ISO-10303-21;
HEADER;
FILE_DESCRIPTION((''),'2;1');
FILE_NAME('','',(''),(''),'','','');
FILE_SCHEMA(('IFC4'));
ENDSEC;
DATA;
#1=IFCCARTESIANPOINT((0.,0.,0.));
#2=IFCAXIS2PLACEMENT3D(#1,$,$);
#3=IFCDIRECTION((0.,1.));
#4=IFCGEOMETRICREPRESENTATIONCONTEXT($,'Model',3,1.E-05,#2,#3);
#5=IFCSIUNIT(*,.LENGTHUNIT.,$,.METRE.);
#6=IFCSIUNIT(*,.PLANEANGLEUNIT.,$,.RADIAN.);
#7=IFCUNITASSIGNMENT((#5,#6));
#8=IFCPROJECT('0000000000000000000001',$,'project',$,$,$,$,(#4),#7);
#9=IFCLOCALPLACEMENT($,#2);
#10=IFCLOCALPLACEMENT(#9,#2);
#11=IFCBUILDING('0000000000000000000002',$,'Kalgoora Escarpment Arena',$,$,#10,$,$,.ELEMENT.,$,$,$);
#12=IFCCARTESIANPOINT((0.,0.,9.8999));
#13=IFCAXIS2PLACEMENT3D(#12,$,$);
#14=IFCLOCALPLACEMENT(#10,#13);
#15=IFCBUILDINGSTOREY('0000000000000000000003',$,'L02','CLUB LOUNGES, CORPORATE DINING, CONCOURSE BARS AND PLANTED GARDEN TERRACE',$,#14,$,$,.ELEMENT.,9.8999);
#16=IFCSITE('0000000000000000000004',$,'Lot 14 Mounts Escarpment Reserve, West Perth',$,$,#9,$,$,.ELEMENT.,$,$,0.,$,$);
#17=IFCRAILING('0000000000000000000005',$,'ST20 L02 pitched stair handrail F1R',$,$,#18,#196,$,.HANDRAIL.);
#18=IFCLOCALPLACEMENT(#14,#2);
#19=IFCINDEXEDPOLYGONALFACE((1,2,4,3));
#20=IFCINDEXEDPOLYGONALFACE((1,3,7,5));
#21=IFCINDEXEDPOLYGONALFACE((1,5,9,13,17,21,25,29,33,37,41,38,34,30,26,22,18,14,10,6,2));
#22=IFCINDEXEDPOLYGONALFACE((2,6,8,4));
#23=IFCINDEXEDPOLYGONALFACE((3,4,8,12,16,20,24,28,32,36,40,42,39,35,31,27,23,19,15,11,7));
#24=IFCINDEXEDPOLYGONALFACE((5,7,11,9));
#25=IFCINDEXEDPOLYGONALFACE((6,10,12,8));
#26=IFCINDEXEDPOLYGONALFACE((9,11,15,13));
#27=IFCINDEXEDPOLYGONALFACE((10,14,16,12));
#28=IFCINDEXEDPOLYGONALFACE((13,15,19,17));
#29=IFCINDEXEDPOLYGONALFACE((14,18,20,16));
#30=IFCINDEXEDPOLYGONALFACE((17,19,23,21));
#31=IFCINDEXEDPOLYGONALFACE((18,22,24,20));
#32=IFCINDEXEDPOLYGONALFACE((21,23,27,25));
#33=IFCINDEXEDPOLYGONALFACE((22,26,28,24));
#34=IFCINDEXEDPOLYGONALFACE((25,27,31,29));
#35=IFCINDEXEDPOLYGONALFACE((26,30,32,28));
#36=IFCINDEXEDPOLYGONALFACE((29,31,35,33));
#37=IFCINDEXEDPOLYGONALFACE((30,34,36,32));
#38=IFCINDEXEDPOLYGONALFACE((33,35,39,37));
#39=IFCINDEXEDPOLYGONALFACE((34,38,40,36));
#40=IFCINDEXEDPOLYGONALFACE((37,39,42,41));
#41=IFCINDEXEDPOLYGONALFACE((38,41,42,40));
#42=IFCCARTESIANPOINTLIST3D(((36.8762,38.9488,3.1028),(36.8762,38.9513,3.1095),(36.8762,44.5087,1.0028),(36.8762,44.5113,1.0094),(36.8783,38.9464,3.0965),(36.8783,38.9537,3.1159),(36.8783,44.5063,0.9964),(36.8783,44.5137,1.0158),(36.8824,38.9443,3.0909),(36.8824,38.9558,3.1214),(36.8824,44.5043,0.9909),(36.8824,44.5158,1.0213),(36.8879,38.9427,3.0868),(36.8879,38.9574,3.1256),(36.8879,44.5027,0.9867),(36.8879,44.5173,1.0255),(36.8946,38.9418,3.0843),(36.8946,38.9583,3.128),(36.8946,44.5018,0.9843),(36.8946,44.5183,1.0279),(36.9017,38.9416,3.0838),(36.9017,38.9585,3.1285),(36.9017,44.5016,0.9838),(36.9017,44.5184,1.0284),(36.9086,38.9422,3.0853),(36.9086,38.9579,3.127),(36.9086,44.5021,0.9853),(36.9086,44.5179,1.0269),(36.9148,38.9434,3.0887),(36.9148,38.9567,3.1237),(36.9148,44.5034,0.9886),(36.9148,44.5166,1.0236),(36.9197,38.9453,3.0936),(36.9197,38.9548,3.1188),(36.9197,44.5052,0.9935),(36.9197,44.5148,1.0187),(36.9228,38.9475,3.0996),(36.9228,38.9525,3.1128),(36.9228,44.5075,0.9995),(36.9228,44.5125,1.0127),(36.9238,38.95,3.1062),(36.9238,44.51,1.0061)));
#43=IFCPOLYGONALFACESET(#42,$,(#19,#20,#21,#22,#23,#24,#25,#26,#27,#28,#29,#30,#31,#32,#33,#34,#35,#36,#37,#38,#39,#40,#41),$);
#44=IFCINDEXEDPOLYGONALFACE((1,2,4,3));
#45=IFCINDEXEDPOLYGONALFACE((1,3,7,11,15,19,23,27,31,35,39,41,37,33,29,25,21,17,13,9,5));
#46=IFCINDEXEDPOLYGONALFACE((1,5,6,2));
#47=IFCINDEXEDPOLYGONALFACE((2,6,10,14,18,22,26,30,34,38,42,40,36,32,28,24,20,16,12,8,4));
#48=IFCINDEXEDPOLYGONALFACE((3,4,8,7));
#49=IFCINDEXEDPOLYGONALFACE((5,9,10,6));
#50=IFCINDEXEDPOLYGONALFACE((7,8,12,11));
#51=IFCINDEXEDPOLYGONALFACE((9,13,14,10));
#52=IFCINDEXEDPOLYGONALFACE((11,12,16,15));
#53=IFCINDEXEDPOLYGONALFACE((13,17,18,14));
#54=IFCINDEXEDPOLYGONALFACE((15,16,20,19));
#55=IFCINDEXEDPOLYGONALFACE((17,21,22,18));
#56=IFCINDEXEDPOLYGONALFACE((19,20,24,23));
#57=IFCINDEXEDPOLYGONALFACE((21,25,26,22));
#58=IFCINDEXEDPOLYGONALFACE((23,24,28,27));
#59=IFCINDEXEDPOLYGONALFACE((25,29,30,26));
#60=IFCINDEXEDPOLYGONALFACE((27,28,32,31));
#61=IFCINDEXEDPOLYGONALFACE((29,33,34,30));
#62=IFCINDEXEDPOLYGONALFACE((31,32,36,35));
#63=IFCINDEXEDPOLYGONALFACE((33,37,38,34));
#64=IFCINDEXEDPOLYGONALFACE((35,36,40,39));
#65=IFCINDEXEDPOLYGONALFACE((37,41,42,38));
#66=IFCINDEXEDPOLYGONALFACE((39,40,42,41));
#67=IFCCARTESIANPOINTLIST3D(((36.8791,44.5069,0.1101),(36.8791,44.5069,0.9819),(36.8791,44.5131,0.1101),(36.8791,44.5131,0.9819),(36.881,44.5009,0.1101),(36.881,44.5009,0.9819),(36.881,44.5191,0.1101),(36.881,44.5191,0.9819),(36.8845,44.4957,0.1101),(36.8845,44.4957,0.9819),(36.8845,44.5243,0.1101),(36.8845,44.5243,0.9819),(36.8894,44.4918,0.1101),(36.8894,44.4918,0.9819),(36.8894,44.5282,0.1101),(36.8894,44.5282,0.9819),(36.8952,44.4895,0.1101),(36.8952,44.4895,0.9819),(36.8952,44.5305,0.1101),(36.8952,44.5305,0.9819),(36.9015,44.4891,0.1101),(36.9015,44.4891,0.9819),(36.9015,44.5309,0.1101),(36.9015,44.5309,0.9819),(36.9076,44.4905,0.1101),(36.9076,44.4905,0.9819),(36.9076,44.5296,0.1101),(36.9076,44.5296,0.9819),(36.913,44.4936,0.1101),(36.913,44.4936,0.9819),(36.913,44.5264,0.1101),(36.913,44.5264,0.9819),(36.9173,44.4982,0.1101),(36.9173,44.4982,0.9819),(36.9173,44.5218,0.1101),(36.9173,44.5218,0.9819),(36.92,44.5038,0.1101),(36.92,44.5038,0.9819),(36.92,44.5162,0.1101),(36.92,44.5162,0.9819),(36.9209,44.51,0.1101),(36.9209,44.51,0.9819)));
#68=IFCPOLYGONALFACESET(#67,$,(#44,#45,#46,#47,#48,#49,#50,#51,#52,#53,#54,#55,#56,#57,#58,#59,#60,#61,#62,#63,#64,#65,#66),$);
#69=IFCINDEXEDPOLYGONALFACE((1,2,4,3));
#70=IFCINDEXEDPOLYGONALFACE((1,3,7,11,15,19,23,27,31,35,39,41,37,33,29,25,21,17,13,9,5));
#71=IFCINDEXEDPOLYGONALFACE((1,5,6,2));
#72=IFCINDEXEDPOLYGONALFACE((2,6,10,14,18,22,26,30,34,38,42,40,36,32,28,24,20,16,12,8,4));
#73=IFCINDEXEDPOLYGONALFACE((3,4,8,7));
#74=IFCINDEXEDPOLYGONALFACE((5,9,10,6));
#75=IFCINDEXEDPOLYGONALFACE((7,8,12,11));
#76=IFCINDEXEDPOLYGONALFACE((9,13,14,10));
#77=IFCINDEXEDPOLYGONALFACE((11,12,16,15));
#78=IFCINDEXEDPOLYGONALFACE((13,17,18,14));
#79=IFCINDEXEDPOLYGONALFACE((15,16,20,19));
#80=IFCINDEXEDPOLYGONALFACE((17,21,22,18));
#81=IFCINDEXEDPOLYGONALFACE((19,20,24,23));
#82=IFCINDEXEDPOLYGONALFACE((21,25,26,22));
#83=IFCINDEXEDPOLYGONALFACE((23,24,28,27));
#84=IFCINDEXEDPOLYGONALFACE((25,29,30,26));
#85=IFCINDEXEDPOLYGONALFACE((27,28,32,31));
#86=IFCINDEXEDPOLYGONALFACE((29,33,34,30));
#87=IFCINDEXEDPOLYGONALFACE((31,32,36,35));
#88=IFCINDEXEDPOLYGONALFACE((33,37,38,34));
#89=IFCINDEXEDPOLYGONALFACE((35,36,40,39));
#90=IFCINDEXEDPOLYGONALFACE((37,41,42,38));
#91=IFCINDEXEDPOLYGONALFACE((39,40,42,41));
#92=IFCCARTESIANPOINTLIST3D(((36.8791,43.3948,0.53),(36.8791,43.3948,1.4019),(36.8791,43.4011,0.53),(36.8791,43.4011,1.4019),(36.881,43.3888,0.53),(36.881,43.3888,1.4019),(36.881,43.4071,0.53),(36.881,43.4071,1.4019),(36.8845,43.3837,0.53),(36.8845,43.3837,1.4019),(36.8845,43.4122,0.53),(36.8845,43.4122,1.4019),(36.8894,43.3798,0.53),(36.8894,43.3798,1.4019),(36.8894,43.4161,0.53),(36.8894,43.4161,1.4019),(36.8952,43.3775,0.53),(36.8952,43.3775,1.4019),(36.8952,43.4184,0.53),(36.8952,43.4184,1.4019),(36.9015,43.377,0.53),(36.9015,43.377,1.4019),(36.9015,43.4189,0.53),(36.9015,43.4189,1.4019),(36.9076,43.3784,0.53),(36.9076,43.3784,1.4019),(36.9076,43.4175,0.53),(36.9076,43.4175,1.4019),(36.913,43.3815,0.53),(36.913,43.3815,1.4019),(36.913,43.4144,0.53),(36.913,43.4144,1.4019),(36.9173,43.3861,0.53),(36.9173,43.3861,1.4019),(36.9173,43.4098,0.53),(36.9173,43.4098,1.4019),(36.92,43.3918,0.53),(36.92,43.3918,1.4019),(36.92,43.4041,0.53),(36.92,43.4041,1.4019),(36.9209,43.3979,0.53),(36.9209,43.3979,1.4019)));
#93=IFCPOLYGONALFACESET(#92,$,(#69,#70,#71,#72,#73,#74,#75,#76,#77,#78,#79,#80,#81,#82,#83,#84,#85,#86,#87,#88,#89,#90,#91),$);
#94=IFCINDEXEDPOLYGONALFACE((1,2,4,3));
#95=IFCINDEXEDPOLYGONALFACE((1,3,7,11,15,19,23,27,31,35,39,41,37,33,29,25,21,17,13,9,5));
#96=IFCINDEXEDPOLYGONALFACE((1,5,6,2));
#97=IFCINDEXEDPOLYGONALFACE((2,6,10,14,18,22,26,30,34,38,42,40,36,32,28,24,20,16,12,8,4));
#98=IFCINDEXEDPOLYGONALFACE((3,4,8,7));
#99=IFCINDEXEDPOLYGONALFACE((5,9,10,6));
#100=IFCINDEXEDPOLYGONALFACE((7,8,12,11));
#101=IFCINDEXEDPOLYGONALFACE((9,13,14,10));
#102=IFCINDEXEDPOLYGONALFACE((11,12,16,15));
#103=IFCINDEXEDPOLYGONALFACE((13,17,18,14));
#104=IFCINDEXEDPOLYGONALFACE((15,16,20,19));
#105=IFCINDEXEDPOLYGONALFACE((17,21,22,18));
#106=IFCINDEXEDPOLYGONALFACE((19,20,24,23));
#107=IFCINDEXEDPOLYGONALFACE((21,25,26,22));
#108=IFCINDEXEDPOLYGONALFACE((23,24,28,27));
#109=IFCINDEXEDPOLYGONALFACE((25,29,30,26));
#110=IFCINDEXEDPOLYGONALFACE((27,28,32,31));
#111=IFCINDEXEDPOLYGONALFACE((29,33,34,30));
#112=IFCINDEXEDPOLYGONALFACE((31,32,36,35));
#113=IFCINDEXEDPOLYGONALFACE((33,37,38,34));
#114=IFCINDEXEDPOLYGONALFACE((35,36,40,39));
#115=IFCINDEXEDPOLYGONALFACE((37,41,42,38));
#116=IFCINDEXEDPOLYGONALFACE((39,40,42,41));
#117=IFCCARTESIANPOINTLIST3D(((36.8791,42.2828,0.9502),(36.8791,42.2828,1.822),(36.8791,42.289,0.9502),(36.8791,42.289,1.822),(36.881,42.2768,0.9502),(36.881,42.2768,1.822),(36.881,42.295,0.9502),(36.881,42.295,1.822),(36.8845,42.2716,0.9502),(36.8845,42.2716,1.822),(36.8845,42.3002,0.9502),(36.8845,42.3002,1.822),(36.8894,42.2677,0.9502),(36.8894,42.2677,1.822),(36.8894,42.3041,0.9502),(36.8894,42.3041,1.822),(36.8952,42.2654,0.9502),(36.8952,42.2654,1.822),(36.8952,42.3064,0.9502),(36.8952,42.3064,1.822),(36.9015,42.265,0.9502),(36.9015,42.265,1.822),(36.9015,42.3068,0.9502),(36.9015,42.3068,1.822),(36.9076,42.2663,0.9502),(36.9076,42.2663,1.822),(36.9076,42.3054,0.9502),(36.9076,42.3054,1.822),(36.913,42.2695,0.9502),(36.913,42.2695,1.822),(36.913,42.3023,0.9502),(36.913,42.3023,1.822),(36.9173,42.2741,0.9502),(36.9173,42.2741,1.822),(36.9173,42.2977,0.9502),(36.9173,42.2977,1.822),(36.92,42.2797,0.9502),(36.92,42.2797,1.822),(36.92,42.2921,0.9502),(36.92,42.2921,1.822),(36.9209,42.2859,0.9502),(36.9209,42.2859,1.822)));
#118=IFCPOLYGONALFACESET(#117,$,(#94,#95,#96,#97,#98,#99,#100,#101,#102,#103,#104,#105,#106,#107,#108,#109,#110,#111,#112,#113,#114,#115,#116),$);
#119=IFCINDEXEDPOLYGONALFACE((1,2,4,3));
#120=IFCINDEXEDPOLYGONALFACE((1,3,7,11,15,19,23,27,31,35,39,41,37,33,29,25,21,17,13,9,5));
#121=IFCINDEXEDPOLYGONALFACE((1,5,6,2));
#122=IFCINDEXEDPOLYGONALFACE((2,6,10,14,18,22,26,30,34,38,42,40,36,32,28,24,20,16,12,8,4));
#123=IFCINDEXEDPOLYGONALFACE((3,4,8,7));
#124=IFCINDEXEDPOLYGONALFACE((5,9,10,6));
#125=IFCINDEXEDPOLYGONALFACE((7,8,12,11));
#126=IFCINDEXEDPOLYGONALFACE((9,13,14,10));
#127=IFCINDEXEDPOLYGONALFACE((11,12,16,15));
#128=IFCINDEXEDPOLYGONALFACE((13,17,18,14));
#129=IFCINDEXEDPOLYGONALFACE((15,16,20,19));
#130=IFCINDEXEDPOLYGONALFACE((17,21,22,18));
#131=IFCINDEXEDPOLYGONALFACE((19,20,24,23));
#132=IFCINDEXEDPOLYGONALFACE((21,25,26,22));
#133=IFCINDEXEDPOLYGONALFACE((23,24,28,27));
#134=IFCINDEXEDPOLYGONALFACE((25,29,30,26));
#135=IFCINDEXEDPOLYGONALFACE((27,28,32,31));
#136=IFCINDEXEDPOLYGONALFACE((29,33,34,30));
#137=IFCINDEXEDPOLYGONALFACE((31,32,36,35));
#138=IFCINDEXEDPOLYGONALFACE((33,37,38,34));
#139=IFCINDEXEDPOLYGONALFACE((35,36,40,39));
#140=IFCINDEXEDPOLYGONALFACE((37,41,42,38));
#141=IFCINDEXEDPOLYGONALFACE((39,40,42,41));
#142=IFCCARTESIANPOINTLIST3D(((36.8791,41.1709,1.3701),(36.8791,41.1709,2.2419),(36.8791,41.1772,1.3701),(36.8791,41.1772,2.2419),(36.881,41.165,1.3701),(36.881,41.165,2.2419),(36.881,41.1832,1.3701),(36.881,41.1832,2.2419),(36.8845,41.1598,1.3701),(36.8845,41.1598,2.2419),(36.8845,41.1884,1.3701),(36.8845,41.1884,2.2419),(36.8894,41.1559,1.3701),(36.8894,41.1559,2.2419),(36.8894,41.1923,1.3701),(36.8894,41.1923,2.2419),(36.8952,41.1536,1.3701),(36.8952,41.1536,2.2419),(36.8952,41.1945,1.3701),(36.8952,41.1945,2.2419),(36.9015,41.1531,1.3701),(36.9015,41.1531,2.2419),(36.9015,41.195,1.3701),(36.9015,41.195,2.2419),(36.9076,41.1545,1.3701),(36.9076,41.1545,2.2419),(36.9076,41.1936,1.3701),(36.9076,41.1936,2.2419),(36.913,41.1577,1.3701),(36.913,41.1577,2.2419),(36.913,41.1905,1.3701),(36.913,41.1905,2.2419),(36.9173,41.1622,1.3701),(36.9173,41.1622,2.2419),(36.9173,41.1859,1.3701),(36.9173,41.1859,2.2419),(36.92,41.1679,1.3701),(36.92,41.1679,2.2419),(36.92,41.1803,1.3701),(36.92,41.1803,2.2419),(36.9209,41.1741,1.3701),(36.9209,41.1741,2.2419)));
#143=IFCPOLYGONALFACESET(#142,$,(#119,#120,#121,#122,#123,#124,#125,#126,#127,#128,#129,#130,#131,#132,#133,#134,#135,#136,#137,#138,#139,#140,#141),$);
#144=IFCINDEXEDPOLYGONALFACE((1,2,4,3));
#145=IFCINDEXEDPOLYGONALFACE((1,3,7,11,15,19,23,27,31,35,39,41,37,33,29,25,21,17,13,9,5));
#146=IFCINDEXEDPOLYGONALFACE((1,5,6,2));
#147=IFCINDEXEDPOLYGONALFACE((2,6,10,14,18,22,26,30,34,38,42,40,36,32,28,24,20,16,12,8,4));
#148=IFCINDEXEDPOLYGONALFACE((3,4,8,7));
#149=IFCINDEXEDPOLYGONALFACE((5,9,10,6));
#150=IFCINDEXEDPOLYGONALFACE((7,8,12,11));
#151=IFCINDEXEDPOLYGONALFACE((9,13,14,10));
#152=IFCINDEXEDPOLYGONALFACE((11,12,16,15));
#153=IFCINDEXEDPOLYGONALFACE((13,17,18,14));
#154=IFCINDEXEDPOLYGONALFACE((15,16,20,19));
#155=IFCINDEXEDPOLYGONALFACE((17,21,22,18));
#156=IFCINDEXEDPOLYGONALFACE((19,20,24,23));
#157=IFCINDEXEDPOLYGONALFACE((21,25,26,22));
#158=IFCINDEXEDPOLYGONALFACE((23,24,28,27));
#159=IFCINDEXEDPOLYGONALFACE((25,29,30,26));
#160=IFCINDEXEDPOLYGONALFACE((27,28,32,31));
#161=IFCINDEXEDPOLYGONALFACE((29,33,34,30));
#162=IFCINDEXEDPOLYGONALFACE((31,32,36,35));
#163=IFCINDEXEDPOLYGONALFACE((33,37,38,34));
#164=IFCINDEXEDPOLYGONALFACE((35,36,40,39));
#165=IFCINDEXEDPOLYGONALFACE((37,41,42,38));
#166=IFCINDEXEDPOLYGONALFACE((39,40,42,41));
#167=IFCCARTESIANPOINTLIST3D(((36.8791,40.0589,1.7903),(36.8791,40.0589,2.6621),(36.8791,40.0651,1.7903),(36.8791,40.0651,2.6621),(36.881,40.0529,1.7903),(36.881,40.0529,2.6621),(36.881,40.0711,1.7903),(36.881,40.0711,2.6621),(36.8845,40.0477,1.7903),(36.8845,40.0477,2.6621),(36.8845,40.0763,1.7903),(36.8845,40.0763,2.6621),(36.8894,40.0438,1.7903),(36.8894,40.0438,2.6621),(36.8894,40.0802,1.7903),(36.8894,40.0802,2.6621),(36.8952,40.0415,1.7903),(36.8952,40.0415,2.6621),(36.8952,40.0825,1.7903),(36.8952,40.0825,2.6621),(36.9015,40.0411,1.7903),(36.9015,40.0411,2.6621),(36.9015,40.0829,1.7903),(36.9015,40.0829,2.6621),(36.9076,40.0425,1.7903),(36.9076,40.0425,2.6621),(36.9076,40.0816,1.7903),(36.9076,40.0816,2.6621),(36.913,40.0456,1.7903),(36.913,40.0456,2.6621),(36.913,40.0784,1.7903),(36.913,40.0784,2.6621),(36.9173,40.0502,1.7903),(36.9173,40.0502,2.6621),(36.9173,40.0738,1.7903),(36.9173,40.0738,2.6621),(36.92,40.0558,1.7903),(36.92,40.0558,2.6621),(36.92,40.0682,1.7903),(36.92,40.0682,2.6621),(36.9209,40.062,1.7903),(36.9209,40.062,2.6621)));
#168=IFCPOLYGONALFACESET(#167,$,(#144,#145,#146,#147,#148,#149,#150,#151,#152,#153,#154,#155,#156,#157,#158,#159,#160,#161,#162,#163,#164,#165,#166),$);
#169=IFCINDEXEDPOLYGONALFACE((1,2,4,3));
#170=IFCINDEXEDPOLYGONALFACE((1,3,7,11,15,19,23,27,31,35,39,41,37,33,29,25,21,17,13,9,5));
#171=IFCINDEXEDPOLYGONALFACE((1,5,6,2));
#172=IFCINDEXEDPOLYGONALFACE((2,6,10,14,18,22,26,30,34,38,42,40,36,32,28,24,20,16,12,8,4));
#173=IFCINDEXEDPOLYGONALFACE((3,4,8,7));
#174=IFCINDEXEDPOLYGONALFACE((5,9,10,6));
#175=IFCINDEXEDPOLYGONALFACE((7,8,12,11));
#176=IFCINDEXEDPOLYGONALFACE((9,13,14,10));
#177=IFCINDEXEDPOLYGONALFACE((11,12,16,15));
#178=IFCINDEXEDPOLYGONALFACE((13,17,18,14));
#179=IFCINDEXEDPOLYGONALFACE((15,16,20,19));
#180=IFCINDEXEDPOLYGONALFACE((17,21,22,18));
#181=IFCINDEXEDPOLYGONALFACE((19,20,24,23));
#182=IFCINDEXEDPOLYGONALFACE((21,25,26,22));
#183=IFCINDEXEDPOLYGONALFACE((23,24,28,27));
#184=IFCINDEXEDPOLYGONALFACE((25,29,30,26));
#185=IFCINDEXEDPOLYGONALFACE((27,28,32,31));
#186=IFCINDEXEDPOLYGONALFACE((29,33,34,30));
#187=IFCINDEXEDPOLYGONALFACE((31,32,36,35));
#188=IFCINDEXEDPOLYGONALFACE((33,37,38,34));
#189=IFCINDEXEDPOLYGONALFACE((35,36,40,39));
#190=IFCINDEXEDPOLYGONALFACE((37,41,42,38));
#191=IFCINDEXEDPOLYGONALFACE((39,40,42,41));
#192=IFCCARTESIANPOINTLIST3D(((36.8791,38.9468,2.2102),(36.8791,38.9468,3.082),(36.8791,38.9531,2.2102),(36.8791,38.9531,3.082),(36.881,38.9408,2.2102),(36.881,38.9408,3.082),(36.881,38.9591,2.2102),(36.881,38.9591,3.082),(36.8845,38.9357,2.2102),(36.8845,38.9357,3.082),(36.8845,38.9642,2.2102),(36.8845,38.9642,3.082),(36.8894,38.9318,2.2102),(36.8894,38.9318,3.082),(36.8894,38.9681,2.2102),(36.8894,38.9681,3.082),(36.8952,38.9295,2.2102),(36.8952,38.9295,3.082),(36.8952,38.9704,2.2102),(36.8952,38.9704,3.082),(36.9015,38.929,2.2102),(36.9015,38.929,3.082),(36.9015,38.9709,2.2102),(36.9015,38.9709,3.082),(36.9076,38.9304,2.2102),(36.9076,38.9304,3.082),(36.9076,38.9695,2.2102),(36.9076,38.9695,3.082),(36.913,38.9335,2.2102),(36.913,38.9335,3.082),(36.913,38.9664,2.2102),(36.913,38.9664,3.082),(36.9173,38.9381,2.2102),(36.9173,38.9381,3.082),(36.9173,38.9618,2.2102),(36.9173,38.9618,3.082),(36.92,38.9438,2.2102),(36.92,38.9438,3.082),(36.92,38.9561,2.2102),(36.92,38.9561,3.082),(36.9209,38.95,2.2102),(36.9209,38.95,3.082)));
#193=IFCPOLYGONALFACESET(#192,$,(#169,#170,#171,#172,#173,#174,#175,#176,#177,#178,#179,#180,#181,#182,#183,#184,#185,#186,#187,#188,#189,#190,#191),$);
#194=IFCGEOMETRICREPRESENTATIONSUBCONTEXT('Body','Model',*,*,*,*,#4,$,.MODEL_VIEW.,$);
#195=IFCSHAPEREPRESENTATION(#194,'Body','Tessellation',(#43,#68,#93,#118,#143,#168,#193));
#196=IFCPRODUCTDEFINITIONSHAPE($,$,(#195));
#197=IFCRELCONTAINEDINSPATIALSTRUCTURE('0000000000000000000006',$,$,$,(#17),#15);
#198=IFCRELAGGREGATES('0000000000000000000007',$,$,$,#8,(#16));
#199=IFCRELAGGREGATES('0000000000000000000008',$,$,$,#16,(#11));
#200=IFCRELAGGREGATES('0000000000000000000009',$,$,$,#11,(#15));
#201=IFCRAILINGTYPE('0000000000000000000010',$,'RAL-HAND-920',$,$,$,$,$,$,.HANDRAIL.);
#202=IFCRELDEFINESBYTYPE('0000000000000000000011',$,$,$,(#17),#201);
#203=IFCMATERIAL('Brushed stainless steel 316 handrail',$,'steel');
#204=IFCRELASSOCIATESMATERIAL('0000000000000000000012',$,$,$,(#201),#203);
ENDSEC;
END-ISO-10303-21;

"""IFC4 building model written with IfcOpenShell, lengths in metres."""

from ifc_helpers import new_model, si_unit, direction, frame, origin, origin_2d, place, context, subcontext, project, spatial, circle, extrude, material, type_object, element, save


model = new_model("IFC4")

# Units and contexts
model_context = context("Model", 3, precision=1e-05, world=origin(), true_north=direction((0.0, 1.0)))
body_context = subcontext(model_context, "Body", "Model", "MODEL_VIEW")
ifc_project = project(units=[si_unit("LENGTHUNIT", "METRE"), si_unit("PLANEANGLEUNIT", "RADIAN")], contexts=[model_context])

# Site, building, storey
site_placement = place(None, origin())
site = spatial("IfcSite", under=ifc_project, at=site_placement, Name="Lot 14 Mounts Escarpment Reserve, West Perth", CompositionType="ELEMENT", RefElevation=0.0)
building_placement = place(site_placement, origin())
building = spatial("IfcBuilding", under=site, at=building_placement, Name="Kalgoora Escarpment Arena", CompositionType="ELEMENT")
storey_placement = place(building_placement, frame((0.0, 0.0, 9.8999)))
storey = spatial("IfcBuildingStorey", under=building, at=storey_placement, Name="L02", Description="CLUB LOUNGES, CORPORATE DINING, CONCOURSE BARS AND PLANTED GARDEN TERRACE", CompositionType="ELEMENT", Elevation=9.8999)

# Railing
ifc_material_1 = material(Name="Brushed stainless steel 316 handrail", Category="steel")
railing_type_1 = type_object("IfcRailingType", Name="RAL-HAND-920", PredefinedType="HANDRAIL", material=ifc_material_1)
railing_1_placement = place(storey_placement, frame((36.8999, 44.51, 0.1101)))
element("IfcRailing", 1, at=railing_1_placement, inside=storey, type_object=railing_type_1, Name="ST20 L02 pitched stair handrail F1R", PredefinedType="HANDRAIL", context=body_context, shape_type="SweptSolid", body=[
    extrude(circle(Radius=0.0239, at=origin_2d()), frame((0.0, 0.0, 0.896), z_axis=(0.0, -0.935493, 0.353346), x_axis=(1.0, 0.0, 0.0)), (0.0, 0.0, 1.0), 5.9434),
    extrude(circle(Radius=0.021, at=origin_2d()), origin(), (0.0, 0.0, 1.0), 0.8718),
    extrude(circle(Radius=0.021, at=origin_2d()), frame((0.0, -1.1121, 0.4199)), (0.0, 0.0, 1.0), 0.8718),
    extrude(circle(Radius=0.021, at=origin_2d()), frame((0.0, -2.2241, 0.8401)), (0.0, 0.0, 1.0), 0.8718),
    extrude(circle(Radius=0.021, at=origin_2d()), frame((0.0, -3.3359, 1.26)), (0.0, 0.0, 1.0), 0.8718),
    extrude(circle(Radius=0.021, at=origin_2d()), frame((0.0, -4.448, 1.6802)), (0.0, 0.0, 1.0), 0.8718),
    extrude(circle(Radius=0.021, at=origin_2d()), frame((0.0, -5.5601, 2.1001)), (0.0, 0.0, 1.0), 0.8718),
])

save(model, "model.ifc")
